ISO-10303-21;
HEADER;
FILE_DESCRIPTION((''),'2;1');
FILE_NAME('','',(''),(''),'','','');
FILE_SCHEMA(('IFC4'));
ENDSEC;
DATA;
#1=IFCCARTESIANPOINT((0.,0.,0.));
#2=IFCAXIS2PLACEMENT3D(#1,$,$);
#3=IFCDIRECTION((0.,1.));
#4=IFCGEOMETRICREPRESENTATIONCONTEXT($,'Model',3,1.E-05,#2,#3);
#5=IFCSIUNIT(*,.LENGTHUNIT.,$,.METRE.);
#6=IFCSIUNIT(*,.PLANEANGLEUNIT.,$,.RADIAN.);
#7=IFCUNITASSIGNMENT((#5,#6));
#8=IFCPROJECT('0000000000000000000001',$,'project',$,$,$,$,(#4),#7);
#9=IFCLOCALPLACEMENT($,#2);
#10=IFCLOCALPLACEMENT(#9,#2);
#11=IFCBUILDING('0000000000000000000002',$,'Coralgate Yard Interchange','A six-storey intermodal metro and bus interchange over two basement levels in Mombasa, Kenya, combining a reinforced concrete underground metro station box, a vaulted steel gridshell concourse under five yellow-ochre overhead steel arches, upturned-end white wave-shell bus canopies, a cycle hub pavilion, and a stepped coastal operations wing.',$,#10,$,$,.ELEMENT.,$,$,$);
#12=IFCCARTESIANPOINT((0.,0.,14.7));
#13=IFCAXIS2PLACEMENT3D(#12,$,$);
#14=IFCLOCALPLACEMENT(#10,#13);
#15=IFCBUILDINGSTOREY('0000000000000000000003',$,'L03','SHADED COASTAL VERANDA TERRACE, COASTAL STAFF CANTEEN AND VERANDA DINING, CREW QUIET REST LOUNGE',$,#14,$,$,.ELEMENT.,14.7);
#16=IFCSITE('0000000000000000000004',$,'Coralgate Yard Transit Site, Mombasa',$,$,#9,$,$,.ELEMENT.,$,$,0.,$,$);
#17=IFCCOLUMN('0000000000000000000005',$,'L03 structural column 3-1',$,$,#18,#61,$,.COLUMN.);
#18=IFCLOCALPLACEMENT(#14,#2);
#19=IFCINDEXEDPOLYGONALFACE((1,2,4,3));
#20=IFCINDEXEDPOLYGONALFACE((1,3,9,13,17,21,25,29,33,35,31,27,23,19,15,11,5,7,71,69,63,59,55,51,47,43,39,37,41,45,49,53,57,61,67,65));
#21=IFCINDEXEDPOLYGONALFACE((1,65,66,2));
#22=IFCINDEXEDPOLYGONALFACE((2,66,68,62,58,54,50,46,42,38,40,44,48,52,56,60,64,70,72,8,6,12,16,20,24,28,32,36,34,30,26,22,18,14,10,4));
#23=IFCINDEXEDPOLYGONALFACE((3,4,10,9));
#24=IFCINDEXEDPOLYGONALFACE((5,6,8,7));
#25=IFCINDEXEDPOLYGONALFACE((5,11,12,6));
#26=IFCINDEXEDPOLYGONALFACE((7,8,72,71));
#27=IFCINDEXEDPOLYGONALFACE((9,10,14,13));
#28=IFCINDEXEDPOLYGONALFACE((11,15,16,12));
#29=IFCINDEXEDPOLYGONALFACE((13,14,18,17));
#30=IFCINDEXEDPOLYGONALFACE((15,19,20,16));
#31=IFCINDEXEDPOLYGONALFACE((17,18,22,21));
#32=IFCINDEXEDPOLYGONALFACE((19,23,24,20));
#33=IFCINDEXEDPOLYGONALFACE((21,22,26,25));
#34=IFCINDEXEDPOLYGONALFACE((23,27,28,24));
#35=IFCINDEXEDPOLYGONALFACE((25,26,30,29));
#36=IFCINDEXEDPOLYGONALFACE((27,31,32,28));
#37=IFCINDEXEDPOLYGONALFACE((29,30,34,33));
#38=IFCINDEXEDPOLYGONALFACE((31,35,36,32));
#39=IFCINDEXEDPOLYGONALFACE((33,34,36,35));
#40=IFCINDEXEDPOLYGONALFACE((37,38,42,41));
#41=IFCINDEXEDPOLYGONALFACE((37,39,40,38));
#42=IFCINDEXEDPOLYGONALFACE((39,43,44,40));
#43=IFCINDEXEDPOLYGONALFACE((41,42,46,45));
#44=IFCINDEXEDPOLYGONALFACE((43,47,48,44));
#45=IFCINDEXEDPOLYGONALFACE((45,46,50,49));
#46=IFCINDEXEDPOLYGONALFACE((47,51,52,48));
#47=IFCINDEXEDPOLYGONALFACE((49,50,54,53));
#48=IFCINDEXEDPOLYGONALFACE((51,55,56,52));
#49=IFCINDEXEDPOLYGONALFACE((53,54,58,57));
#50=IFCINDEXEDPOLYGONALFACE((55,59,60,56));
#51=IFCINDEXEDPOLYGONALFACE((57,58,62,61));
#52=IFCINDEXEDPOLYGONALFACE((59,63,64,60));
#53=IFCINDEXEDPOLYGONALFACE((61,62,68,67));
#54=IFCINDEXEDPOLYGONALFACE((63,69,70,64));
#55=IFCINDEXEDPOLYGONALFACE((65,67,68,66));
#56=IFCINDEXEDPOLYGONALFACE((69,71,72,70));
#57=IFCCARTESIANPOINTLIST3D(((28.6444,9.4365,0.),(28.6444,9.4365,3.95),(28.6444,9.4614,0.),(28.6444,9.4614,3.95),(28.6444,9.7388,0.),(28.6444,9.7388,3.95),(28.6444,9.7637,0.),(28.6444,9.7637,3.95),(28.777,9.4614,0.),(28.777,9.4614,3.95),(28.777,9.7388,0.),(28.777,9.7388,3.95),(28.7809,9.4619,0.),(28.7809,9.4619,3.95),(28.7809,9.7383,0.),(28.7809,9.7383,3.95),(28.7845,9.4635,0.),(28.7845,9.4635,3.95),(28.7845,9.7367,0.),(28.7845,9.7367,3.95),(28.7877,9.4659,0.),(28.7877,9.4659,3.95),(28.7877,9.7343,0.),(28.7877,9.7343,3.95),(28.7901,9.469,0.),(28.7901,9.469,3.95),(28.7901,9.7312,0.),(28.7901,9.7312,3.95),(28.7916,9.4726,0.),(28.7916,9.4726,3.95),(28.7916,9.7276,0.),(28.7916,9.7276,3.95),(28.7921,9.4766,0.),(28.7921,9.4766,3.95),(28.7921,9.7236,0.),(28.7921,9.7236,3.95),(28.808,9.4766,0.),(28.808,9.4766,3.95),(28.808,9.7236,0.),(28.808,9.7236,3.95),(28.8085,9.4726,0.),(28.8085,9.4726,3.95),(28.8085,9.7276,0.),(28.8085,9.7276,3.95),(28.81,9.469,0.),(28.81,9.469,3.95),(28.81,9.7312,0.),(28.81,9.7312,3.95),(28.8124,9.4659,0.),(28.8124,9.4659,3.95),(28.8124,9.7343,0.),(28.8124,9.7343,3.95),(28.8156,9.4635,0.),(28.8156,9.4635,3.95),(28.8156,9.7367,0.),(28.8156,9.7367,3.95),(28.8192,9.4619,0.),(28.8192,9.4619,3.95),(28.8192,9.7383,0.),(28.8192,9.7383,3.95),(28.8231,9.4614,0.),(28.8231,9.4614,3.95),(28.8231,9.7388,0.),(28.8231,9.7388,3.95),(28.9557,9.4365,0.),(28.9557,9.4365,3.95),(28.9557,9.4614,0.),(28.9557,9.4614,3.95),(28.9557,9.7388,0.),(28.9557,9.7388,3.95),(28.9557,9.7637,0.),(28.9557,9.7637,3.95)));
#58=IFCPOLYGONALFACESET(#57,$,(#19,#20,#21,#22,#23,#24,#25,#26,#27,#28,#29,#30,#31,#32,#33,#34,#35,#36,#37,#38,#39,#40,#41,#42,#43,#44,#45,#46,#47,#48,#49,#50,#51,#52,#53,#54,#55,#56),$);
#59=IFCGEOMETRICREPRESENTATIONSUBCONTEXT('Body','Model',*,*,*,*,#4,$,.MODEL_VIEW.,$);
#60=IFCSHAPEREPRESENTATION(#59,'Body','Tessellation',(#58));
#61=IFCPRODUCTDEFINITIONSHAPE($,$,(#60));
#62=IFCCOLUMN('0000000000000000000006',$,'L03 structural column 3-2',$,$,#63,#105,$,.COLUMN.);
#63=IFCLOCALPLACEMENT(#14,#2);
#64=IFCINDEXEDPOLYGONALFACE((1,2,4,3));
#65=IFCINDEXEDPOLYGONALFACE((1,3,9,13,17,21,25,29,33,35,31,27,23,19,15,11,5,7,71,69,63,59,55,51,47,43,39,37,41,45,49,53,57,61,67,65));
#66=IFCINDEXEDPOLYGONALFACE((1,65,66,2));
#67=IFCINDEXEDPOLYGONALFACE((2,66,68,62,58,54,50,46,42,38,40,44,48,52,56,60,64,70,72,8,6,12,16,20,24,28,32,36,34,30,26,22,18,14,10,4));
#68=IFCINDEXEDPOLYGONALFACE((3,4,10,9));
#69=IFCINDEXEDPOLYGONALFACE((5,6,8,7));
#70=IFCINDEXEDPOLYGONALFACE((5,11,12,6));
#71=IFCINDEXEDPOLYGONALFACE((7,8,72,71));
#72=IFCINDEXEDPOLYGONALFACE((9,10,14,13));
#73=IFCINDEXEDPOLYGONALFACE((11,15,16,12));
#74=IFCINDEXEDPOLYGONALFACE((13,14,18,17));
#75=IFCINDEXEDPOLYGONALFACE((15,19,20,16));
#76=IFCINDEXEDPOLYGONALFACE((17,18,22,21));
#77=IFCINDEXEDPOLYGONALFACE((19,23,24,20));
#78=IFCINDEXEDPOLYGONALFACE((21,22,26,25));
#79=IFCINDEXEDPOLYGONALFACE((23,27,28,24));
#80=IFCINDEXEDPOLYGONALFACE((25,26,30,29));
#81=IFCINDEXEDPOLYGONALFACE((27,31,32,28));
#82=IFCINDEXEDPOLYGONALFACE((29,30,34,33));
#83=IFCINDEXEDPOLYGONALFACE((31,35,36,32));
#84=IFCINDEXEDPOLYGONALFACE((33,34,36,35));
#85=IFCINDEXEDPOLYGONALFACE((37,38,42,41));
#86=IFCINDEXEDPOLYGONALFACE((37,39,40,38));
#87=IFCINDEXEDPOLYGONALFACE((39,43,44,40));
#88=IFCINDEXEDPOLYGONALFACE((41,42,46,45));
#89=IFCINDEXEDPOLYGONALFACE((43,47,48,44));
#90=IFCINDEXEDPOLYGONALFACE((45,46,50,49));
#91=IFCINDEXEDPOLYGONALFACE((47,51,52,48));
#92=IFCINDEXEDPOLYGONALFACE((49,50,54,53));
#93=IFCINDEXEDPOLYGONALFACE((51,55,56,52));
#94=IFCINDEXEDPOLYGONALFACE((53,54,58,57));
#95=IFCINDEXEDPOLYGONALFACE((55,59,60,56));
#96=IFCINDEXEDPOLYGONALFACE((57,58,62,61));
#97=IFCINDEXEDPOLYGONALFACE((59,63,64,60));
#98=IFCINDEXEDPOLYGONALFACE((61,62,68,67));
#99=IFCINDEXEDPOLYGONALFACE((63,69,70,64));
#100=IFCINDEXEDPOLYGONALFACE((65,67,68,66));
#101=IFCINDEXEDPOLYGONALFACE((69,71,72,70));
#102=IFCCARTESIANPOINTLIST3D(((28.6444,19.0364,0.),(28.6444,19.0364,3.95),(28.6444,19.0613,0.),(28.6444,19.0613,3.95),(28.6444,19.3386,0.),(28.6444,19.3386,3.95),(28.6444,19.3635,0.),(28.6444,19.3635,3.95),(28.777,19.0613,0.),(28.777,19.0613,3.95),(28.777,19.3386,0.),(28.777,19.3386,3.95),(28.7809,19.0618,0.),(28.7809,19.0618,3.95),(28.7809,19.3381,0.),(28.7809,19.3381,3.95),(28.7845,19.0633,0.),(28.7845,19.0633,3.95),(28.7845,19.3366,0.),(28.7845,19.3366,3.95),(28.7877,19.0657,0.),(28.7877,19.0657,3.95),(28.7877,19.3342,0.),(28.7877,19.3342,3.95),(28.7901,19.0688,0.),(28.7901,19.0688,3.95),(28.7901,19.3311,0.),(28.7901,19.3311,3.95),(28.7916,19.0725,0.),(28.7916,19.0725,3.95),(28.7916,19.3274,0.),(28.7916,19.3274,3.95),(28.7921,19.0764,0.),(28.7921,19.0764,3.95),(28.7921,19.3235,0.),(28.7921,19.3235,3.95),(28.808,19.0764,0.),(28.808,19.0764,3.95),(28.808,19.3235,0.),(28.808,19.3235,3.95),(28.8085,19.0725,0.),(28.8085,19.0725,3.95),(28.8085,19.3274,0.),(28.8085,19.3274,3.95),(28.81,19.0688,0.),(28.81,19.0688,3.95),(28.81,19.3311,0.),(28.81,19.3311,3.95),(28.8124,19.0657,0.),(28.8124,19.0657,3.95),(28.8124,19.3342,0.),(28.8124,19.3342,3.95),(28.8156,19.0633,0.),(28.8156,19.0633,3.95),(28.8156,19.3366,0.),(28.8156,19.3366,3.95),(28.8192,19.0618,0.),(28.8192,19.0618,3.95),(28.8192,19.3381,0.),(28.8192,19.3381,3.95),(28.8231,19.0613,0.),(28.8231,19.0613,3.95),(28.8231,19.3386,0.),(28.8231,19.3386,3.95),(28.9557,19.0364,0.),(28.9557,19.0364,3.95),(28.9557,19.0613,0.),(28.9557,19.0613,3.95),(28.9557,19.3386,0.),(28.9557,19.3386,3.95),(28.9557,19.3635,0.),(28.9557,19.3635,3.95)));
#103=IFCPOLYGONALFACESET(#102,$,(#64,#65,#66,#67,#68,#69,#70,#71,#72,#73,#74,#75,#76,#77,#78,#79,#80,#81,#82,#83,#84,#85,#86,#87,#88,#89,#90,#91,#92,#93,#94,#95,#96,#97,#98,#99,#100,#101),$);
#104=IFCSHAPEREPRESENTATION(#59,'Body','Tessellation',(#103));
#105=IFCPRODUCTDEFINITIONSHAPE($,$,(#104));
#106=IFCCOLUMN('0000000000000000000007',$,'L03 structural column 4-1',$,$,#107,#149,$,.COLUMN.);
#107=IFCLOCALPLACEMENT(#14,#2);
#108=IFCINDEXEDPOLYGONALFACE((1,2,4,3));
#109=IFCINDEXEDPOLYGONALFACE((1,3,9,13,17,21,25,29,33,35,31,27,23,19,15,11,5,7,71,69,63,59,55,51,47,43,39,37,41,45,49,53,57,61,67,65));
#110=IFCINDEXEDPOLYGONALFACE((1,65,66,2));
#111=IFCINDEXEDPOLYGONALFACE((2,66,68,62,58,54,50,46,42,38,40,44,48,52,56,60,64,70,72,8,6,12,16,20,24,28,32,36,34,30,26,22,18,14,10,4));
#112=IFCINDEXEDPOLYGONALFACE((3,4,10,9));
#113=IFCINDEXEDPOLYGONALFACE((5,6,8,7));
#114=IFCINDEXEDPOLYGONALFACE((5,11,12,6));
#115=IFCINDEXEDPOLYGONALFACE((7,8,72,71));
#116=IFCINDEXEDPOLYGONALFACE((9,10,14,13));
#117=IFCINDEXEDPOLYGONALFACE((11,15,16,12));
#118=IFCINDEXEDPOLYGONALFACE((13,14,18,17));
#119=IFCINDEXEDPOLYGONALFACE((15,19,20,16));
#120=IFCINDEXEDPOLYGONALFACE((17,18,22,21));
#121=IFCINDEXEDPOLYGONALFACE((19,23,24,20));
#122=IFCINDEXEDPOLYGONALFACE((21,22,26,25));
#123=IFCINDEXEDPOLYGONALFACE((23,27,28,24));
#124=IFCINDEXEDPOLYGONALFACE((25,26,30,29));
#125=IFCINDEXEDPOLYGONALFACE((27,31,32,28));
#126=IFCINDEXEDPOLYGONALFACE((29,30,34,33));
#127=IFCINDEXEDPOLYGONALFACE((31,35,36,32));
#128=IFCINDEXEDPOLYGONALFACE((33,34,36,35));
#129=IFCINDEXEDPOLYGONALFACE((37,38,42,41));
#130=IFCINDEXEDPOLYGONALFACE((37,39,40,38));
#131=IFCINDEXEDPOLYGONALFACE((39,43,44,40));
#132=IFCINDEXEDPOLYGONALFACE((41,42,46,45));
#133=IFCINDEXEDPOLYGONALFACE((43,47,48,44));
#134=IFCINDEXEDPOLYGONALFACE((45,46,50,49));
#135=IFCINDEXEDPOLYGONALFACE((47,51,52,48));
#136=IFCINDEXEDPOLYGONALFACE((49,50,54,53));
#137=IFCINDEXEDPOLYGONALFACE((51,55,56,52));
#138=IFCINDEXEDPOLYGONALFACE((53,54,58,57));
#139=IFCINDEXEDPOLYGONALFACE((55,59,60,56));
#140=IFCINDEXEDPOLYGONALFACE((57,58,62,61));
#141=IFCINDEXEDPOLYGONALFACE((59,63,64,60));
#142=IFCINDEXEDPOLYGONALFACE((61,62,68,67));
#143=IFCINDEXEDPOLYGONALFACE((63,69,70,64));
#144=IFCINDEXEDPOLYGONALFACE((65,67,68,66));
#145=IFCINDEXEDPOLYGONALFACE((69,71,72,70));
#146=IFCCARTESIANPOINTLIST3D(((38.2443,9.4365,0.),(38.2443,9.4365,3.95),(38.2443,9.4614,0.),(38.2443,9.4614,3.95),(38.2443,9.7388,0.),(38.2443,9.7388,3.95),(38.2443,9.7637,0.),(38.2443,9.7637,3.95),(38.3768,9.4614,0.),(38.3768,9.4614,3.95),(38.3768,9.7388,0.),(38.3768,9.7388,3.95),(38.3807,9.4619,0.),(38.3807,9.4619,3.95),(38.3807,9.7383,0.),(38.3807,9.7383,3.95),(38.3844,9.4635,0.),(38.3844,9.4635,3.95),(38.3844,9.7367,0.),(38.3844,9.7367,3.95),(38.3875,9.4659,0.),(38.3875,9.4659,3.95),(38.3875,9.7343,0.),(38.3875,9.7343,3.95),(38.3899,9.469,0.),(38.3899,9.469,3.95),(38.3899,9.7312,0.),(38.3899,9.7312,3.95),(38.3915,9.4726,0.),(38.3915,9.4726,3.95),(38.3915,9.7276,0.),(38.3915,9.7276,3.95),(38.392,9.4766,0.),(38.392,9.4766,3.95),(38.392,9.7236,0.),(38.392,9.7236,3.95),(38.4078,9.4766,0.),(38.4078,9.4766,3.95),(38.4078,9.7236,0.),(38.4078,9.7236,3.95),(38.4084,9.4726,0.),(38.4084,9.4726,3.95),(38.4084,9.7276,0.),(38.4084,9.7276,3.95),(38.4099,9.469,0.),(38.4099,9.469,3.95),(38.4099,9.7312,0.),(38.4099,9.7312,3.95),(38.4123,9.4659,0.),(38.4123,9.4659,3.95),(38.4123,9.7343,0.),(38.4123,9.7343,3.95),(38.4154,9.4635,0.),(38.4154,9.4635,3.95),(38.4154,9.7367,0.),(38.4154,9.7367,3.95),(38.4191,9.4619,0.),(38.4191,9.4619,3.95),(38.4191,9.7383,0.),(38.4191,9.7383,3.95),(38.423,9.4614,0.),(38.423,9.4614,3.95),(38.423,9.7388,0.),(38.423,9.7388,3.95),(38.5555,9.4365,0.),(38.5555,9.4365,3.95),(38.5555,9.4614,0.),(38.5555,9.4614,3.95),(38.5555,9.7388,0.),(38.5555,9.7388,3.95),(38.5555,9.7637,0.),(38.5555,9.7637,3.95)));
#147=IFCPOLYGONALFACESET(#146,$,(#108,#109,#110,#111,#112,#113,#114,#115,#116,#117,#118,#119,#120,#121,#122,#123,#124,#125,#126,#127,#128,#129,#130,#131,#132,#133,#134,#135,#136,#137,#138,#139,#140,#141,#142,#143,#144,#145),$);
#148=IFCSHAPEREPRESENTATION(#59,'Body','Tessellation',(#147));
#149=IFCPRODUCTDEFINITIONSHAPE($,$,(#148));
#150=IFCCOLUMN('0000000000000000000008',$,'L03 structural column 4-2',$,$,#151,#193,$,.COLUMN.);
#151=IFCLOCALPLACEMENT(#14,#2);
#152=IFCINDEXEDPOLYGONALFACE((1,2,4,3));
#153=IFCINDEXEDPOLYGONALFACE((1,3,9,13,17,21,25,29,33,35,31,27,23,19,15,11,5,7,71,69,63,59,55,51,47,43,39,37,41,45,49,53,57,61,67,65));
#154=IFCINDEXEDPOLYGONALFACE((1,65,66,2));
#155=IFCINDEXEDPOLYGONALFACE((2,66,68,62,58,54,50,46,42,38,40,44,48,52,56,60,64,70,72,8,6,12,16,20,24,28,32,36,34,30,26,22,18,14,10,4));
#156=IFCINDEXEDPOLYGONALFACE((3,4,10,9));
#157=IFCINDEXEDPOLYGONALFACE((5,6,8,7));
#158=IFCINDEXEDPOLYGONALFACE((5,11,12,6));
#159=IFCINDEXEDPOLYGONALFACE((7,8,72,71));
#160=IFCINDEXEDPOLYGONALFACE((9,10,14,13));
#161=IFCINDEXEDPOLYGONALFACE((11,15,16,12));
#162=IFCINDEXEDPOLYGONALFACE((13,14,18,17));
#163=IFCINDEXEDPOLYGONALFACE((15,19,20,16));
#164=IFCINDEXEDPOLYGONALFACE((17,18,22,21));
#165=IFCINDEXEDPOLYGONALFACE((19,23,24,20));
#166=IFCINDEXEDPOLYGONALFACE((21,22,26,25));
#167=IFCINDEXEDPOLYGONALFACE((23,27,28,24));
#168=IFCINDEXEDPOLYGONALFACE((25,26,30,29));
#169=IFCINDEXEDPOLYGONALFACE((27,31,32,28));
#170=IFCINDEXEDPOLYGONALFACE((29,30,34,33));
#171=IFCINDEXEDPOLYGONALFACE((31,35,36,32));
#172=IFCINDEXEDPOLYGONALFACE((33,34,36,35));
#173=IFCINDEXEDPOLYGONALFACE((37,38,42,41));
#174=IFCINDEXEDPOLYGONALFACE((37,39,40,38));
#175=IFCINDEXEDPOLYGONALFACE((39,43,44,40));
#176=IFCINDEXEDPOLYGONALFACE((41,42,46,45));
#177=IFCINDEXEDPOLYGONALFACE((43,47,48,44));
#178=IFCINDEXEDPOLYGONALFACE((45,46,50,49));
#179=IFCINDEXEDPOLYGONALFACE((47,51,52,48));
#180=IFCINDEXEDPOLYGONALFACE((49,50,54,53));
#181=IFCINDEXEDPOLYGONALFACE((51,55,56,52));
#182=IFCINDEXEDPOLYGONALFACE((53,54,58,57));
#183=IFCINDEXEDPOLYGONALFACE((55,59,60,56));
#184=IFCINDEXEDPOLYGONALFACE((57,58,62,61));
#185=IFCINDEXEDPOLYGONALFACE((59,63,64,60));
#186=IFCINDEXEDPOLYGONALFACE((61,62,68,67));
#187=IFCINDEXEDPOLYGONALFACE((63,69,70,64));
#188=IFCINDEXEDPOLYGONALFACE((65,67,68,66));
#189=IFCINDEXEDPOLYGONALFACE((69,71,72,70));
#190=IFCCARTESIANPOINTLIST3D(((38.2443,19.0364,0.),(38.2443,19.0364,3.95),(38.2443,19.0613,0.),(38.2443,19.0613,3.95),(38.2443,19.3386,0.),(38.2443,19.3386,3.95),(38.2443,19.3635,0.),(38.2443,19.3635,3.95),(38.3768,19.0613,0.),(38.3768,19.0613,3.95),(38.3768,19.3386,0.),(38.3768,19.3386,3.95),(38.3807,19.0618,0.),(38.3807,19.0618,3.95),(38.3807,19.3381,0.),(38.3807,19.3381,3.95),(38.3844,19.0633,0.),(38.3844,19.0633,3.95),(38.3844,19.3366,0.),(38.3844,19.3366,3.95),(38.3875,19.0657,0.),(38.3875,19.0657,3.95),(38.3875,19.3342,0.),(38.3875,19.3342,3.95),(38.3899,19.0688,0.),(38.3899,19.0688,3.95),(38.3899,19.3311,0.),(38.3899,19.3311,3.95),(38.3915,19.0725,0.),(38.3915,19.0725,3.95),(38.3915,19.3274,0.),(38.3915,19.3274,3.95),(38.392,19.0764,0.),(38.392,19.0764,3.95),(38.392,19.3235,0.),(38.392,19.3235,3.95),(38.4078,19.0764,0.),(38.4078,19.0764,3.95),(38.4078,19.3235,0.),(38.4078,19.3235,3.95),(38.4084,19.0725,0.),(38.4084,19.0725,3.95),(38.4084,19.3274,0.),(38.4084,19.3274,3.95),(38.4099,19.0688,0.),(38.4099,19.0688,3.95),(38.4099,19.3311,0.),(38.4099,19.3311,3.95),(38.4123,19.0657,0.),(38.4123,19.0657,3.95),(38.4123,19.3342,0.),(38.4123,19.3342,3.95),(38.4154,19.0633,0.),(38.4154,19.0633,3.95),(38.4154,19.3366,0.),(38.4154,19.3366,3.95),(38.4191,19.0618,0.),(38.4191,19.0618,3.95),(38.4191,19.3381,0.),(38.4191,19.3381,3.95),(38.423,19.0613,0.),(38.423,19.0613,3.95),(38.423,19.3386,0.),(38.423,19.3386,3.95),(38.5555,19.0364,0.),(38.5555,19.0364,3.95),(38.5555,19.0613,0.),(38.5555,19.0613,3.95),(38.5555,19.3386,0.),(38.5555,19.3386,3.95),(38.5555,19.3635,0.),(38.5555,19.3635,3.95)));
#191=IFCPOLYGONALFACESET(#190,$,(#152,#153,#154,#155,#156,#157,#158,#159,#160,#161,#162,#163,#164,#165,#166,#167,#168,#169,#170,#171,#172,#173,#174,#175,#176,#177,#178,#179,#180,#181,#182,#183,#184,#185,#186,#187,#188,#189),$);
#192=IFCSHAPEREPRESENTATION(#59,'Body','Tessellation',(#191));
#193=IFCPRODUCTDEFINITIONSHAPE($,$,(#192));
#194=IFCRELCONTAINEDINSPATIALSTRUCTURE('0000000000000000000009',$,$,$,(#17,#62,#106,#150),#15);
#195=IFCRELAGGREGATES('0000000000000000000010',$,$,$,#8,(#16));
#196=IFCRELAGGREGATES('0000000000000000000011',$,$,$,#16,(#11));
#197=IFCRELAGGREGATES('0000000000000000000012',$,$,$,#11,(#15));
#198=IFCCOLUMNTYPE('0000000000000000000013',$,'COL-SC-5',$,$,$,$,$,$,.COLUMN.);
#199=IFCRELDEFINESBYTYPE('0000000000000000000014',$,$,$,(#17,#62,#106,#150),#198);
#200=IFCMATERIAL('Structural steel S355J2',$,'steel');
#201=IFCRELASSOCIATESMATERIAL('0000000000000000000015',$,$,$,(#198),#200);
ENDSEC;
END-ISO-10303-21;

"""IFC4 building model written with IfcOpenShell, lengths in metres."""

from ifc_helpers import new_model, si_unit, direction, frame, origin, origin_2d, place, context, subcontext, project, spatial, i_section, extrude, material, material_profile, profile_set, type_object, element, save


model = new_model("IFC4")

# Units and contexts
model_context = context("Model", 3, precision=1e-05, world=origin(), true_north=direction((0.0, 1.0)))
body_context = subcontext(model_context, "Body", "Model", "MODEL_VIEW")
ifc_project = project(units=[si_unit("LENGTHUNIT", "METRE"), si_unit("PLANEANGLEUNIT", "RADIAN")], contexts=[model_context])

# Site, building, storey
site_placement = place(None, origin())
site = spatial("IfcSite", under=ifc_project, at=site_placement, Name="Coralgate Yard Transit Site, Mombasa", CompositionType="ELEMENT", RefElevation=0.0)
building_placement = place(site_placement, origin())
building = spatial("IfcBuilding", under=site, at=building_placement, Name="Coralgate Yard Interchange", Description="A six-storey intermodal metro and bus interchange over two basement levels in Mombasa, Kenya, combining a reinforced concrete underground metro station box, a vaulted steel gridshell concourse under five yellow-ochre overhead steel arches, upturned-end white wave-shell bus canopies, a cycle hub pavilion, and a stepped coastal operations wing.", CompositionType="ELEMENT")
storey_placement = place(building_placement, frame((0.0, 0.0, 14.7)))
storey = spatial("IfcBuildingStorey", under=building, at=storey_placement, Name="L03", Description="SHADED COASTAL VERANDA TERRACE, COASTAL STAFF CANTEEN AND VERANDA DINING, CREW QUIET REST LOUNGE", CompositionType="ELEMENT", Elevation=14.7)

# Columns
ifc_material_1 = material(Name="Structural steel S355J2", Category="steel")
ifc_material_profile_1 = material_profile(ifc_material_1, i_section(OverallWidth=0.3113, OverallDepth=0.3271, WebThickness=0.0159, FlangeThickness=0.0249, FilletRadius=0.0151, at=origin_2d()), Name="UC 305x305x158")
ifc_profile_set_1 = profile_set([ifc_material_profile_1], Name="Structural steel S355J2")
column_type = type_object("IfcColumnType", Name="COL-SC-5", PredefinedType="COLUMN", material=ifc_profile_set_1)
for number, where, z_axis, x_axis, name in (
    (1, (28.8, 9.6001, 0.0), (0.0, 0.0, 1.0), (1.0, 0.0, 0.0), "L03 structural column 3-1"),
    (2, (28.8, 19.2, 0.0), (0.0, 0.0, 1.0), (1.0, 0.0, 0.0), "L03 structural column 3-2"),
    (3, (38.3999, 9.6001, 0.0), (0.0, 0.0, 1.0), (1.0, 0.0, 0.0), "L03 structural column 4-1"),
    (4, (38.3999, 19.2, 0.0), (0.0, 0.0, 1.0), (1.0, 0.0, 0.0), "L03 structural column 4-2"),
):
    element("IfcColumn", number, at=place(storey_placement, frame(where, z_axis=z_axis, x_axis=x_axis)), inside=storey, type_object=column_type, Name=name, PredefinedType="COLUMN", context=body_context, shape_type="SweptSolid", body=[
        extrude(i_section(OverallWidth=0.3113, OverallDepth=0.3271, WebThickness=0.0159, FlangeThickness=0.0249, FilletRadius=0.0151, at=origin_2d()), origin(), (0.0, 0.0, 1.0), 3.95),
    ])

save(model, "model.ifc")
